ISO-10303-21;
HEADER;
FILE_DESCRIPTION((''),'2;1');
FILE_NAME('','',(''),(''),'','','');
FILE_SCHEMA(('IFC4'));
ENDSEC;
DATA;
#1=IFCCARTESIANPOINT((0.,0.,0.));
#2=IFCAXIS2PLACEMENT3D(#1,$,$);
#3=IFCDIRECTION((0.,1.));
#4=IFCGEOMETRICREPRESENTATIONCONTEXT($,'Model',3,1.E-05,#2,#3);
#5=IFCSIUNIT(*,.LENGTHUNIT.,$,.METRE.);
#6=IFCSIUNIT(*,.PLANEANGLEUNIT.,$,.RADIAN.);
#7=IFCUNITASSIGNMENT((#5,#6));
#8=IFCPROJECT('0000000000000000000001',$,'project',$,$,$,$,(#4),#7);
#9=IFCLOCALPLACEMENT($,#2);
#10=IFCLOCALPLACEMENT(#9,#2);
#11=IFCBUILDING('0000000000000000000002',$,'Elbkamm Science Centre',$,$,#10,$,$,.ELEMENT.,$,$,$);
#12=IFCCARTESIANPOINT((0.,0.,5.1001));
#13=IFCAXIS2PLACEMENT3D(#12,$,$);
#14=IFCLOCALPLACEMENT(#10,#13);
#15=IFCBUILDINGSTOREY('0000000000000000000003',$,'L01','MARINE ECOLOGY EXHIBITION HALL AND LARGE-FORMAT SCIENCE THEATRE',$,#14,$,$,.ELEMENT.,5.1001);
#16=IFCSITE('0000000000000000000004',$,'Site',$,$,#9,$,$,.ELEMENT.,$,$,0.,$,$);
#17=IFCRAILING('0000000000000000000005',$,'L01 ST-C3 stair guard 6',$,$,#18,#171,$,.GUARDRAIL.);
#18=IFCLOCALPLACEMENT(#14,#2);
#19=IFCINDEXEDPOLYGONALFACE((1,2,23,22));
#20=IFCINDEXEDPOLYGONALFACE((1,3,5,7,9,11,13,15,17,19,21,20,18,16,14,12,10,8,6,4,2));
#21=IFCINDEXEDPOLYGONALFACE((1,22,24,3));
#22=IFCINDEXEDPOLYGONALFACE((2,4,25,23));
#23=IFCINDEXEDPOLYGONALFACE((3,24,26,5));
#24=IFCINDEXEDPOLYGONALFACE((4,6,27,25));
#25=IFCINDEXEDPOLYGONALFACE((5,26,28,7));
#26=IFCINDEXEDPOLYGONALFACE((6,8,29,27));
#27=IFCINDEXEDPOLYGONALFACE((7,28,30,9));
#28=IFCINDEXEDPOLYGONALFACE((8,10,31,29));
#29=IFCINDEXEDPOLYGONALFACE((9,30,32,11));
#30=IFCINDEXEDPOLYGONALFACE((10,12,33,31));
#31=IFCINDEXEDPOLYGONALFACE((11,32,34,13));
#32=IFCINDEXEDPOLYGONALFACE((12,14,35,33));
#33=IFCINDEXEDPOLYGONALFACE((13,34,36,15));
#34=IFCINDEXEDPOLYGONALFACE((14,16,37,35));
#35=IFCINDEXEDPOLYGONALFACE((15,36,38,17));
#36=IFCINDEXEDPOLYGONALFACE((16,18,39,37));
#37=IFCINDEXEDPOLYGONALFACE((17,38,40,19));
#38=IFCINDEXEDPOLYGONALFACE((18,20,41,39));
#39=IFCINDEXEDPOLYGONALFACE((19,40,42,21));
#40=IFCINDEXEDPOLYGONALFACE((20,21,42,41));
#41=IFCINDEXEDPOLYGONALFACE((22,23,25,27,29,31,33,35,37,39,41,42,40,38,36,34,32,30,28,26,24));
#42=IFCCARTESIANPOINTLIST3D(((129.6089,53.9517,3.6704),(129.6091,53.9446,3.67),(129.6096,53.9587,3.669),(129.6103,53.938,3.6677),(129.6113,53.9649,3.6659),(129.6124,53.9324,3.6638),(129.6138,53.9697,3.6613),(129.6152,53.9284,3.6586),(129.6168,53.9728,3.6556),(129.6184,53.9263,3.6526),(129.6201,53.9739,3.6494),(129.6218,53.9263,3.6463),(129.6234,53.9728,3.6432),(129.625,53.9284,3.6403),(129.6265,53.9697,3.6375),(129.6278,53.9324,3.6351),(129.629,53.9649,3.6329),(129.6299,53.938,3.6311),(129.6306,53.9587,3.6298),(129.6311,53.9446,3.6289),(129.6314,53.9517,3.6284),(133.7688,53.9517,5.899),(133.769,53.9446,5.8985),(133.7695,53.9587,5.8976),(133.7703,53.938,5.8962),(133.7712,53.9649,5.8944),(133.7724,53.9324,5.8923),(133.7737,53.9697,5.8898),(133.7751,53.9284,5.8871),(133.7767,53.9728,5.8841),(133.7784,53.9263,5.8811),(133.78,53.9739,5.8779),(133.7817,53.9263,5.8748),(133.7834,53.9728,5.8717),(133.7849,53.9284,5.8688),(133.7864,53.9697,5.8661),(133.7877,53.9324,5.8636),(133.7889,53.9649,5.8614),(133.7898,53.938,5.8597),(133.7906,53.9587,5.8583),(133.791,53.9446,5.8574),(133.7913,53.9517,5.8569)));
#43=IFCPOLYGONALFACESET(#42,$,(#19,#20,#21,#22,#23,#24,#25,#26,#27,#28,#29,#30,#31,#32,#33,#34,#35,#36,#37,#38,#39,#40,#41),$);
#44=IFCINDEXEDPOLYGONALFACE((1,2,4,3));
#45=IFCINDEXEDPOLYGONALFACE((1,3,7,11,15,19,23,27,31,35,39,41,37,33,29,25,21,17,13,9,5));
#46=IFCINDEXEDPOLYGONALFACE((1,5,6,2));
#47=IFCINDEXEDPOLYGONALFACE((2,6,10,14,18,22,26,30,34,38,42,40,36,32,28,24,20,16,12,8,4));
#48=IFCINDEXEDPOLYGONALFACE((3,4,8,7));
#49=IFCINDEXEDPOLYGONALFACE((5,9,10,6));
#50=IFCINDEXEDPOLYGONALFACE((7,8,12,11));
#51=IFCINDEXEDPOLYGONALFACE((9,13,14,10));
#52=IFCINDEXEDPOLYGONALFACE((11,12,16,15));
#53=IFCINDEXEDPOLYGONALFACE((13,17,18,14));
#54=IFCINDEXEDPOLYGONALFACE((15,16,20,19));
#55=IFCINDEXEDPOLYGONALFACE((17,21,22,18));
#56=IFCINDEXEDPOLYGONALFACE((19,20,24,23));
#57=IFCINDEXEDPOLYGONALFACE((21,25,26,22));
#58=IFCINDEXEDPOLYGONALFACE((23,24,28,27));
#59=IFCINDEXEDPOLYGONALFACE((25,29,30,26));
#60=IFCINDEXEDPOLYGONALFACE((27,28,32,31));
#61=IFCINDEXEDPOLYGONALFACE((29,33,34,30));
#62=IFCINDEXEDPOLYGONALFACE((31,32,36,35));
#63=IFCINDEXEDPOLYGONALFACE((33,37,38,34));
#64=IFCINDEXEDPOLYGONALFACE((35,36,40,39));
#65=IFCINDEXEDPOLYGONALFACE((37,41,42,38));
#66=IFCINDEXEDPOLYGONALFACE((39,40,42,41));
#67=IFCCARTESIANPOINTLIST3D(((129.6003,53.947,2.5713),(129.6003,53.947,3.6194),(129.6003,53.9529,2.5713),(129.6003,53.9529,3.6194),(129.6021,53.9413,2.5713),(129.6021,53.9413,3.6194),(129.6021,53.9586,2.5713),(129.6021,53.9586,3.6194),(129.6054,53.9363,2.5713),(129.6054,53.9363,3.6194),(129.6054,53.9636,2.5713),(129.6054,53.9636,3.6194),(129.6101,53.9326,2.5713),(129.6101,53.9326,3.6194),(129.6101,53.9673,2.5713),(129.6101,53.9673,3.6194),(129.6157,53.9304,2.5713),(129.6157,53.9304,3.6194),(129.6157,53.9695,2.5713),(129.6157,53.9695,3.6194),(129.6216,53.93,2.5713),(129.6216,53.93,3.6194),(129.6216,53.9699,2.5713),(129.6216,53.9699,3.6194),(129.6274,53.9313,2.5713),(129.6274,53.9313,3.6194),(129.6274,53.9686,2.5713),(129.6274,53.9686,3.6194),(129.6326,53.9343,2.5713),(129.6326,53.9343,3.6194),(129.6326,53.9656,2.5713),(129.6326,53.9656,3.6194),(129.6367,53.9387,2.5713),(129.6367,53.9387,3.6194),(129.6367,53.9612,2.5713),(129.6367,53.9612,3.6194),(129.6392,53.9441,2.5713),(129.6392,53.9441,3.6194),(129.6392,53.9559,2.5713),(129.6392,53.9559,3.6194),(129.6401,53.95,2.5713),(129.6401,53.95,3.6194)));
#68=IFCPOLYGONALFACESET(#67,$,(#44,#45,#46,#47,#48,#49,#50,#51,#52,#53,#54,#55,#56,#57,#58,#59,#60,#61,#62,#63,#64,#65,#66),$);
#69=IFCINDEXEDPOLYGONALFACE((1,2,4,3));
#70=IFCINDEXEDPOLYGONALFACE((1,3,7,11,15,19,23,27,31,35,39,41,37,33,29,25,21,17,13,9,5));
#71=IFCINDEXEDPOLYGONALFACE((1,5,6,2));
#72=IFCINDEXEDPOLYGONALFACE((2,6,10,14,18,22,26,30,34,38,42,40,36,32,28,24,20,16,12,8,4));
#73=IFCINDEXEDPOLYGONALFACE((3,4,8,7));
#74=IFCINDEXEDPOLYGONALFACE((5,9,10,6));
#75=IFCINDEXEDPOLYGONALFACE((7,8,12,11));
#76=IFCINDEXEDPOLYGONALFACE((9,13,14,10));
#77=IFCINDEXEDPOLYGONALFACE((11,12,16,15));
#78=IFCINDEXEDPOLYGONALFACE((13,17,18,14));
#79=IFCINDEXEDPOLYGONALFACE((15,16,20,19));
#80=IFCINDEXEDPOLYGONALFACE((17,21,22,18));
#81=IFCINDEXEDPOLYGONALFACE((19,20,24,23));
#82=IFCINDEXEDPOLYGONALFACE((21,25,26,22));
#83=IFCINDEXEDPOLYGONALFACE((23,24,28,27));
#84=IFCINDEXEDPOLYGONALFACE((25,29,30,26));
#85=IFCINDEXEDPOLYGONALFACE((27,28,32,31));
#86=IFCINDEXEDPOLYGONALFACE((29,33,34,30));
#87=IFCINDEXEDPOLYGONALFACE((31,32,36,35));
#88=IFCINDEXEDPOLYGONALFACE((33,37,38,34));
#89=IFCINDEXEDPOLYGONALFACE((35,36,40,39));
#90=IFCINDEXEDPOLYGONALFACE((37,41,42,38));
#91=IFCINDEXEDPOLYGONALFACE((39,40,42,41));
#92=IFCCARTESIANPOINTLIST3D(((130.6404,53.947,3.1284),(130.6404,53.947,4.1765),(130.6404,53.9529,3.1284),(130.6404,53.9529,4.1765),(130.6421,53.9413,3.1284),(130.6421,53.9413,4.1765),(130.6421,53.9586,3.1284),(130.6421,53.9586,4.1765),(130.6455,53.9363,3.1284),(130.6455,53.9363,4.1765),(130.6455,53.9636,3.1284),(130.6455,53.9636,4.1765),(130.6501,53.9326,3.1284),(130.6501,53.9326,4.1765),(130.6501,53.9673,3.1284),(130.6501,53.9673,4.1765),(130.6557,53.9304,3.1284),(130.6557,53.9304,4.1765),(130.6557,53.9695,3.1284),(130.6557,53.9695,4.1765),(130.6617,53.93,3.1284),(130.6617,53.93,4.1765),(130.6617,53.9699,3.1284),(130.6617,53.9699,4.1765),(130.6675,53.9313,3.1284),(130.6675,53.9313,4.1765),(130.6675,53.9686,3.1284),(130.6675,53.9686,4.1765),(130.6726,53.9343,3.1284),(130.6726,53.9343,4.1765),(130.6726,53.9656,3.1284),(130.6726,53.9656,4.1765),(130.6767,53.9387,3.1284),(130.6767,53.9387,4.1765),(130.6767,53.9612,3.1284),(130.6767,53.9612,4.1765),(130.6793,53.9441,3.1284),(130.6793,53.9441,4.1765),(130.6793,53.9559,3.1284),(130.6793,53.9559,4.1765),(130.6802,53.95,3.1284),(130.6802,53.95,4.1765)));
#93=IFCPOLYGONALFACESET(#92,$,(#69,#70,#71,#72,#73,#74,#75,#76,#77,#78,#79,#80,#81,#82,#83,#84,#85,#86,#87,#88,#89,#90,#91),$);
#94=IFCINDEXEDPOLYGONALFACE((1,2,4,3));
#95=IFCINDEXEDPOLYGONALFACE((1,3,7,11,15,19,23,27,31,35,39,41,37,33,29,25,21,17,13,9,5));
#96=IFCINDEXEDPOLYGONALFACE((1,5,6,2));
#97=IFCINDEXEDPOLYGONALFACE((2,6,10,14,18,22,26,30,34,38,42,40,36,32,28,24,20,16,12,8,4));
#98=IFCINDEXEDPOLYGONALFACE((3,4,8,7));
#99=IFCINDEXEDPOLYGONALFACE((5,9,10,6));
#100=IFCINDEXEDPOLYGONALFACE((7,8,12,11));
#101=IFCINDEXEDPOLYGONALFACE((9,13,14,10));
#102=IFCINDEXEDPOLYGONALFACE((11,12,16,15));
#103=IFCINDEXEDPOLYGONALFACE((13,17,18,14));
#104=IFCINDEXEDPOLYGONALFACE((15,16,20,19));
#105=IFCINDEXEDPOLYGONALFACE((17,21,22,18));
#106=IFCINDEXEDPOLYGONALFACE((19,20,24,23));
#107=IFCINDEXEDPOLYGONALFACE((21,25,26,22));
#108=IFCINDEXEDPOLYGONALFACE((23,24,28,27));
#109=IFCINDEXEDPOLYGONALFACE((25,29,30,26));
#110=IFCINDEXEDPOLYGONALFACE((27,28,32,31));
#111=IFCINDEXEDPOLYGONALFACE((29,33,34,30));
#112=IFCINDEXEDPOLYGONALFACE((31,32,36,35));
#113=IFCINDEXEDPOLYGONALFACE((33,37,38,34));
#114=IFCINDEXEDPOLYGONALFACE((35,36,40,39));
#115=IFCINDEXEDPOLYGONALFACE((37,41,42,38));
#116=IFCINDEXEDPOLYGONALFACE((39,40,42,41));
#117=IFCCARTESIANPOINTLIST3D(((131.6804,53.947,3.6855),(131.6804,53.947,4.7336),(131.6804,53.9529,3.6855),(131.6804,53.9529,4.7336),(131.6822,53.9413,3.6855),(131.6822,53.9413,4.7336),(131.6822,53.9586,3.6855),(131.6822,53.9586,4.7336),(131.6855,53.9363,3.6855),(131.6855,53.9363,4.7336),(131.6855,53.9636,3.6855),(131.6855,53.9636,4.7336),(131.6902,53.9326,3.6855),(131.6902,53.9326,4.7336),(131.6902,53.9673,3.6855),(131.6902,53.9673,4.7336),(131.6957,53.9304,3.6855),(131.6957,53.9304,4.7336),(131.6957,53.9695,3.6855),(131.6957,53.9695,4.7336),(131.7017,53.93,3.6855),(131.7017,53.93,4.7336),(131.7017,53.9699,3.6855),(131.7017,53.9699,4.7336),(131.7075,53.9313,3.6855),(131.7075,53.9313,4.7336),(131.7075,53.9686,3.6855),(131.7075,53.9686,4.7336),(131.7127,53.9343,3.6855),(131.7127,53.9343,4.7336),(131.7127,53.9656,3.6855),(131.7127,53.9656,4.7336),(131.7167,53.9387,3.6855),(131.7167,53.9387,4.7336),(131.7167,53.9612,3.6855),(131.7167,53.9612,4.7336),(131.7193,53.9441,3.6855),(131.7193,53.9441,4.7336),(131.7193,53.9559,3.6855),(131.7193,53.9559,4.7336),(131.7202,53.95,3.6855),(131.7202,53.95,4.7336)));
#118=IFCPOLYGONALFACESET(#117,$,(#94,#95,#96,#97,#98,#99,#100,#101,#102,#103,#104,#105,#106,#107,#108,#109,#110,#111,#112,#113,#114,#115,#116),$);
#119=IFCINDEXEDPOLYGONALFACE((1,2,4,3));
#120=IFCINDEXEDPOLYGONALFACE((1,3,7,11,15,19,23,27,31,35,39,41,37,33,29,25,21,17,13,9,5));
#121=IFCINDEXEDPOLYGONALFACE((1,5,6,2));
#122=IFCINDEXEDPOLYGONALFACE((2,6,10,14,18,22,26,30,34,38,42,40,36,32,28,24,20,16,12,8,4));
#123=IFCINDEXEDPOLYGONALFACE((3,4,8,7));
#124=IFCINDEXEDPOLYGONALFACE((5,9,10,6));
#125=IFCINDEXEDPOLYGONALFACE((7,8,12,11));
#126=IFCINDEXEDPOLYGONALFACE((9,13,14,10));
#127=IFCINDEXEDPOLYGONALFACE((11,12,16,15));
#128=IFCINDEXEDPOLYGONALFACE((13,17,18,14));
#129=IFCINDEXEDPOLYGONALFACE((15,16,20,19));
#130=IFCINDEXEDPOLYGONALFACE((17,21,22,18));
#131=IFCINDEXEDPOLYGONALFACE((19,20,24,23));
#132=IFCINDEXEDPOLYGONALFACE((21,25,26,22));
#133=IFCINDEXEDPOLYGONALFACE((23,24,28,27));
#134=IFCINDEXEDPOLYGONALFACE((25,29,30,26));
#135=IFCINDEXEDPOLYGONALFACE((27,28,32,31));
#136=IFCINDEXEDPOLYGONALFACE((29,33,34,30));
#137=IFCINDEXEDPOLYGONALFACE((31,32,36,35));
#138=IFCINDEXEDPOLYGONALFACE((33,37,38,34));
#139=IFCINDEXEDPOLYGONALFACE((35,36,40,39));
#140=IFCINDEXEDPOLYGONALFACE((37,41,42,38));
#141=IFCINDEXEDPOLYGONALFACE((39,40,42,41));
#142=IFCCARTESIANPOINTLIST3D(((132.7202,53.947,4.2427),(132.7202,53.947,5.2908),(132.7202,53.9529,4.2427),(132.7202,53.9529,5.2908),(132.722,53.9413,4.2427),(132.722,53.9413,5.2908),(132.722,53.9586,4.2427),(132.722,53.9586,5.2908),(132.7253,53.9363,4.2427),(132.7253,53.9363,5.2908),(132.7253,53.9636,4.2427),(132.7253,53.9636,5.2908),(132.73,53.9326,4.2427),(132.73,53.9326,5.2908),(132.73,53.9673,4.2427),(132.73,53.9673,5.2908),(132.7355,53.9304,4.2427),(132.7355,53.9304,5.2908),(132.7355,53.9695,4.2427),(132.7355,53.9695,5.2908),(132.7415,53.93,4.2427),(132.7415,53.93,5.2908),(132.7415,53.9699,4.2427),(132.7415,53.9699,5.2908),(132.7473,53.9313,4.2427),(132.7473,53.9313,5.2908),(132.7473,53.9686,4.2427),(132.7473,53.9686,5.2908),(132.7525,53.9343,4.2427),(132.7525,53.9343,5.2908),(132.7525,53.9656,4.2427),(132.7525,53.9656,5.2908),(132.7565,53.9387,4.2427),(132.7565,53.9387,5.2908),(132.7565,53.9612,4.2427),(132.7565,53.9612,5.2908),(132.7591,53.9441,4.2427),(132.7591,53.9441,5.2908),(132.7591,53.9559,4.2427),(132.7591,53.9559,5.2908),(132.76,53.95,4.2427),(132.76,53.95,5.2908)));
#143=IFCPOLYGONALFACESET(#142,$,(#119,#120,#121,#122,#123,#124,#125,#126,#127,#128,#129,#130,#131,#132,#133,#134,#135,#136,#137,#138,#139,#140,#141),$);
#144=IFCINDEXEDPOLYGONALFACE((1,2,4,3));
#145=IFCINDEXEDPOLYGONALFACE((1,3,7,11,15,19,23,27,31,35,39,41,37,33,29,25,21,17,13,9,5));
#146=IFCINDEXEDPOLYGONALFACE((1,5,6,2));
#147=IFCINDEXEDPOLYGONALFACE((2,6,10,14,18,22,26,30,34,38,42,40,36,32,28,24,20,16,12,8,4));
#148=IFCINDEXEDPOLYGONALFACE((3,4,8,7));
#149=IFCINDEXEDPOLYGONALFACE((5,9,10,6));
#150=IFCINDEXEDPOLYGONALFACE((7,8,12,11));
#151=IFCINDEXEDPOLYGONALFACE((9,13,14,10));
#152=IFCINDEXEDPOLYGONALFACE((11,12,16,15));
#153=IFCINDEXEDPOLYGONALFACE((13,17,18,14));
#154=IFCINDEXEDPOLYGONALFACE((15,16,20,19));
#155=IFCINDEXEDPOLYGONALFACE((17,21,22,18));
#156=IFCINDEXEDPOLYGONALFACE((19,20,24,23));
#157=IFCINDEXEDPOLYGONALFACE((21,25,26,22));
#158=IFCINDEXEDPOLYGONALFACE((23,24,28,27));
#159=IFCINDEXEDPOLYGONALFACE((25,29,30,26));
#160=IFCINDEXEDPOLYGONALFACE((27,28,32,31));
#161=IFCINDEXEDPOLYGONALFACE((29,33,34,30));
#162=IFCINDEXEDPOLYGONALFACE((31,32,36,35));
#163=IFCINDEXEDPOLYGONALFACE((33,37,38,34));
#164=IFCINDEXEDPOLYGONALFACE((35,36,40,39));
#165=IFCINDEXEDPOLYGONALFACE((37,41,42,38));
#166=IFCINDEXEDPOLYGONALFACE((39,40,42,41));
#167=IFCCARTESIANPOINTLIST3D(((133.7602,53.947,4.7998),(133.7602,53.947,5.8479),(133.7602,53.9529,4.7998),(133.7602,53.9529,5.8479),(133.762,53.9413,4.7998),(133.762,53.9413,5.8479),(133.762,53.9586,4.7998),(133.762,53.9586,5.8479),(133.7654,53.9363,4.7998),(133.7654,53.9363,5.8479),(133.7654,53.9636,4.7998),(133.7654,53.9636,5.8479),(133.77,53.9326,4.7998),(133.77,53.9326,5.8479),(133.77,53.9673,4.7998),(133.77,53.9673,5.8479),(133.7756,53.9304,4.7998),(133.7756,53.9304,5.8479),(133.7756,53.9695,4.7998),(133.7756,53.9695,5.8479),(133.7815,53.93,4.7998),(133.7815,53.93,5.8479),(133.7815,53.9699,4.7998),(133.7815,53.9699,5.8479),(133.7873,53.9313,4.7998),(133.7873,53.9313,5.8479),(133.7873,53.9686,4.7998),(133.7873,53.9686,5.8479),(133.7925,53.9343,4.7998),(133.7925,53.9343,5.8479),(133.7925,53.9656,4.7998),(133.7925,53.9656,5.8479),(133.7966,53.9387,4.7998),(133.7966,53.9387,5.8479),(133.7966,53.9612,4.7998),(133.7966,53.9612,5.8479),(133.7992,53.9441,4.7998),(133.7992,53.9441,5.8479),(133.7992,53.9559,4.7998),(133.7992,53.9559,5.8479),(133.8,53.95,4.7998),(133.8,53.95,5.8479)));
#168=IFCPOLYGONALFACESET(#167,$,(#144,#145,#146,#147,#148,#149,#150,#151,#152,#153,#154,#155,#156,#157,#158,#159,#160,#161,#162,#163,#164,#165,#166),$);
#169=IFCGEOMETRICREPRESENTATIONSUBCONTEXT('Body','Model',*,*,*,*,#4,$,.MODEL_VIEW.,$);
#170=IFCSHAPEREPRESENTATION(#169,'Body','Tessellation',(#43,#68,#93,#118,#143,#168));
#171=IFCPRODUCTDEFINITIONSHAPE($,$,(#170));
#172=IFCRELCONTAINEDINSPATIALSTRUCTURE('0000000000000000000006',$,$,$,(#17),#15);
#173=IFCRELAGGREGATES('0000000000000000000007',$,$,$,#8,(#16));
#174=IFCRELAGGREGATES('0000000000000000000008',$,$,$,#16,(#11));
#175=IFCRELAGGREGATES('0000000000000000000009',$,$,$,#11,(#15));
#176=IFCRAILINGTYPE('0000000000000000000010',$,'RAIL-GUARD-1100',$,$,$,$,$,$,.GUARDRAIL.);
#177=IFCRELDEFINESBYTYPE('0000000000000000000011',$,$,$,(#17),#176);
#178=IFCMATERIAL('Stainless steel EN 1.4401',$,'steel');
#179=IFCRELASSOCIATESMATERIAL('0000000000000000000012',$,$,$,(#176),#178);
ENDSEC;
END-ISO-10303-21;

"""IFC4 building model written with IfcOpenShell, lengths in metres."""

from ifc_helpers import new_model, si_unit, direction, frame, origin, origin_2d, place, context, subcontext, project, spatial, circle, extrude, material, type_object, element, save


model = new_model("IFC4")

# Units and contexts
model_context = context("Model", 3, precision=1e-05, world=origin(), true_north=direction((0.0, 1.0)))
body_context = subcontext(model_context, "Body", "Model", "MODEL_VIEW")
ifc_project = project(units=[si_unit("LENGTHUNIT", "METRE"), si_unit("PLANEANGLEUNIT", "RADIAN")], contexts=[model_context])

# Site, building, storey
site_placement = place(None, origin())
site = spatial("IfcSite", under=ifc_project, at=site_placement, Name="Site", CompositionType="ELEMENT", RefElevation=0.0)
building_placement = place(site_placement, origin())
building = spatial("IfcBuilding", under=site, at=building_placement, Name="Elbkamm Science Centre", CompositionType="ELEMENT")
storey_placement = place(building_placement, frame((0.0, 0.0, 5.1001)))
storey = spatial("IfcBuildingStorey", under=building, at=storey_placement, Name="L01", Description="MARINE ECOLOGY EXHIBITION HALL AND LARGE-FORMAT SCIENCE THEATRE", CompositionType="ELEMENT", Elevation=5.1001)

# Railing
ifc_material_1 = material(Name="Stainless steel EN 1.4401", Category="steel")
railing_type_1 = type_object("IfcRailingType", Name="RAIL-GUARD-1100", PredefinedType="GUARDRAIL", material=ifc_material_1)
railing_1_placement = place(storey_placement, frame((129.6201, 53.95, 2.5713)))
element("IfcRailing", 1, at=railing_1_placement, inside=storey, type_object=railing_type_1, Name="L01 ST-C3 stair guard 6", PredefinedType="GUARDRAIL", context=body_context, shape_type="SweptSolid", body=[
    extrude(circle(Radius=0.0239, at=origin_2d()), frame((0.0, 0.0, 1.0781), z_axis=(0.881481, 0.0, 0.47222), x_axis=(0.0, 1.0, 0.0)), (0.0, 0.0, 1.0), 4.7192),
    extrude(circle(Radius=0.02, at=origin_2d()), origin(), (0.0, 0.0, 1.0), 1.0481),
    extrude(circle(Radius=0.02, at=origin_2d()), frame((1.04, 0.0, 0.5571)), (0.0, 0.0, 1.0), 1.0481),
    extrude(circle(Radius=0.02, at=origin_2d()), frame((2.0801, 0.0, 1.1143)), (0.0, 0.0, 1.0), 1.0481),
    extrude(circle(Radius=0.02, at=origin_2d()), frame((3.1199, 0.0, 1.6714)), (0.0, 0.0, 1.0), 1.0481),
    extrude(circle(Radius=0.02, at=origin_2d()), frame((4.1599, 0.0, 2.2285)), (0.0, 0.0, 1.0), 1.0481),
])

save(model, "model.ifc")
